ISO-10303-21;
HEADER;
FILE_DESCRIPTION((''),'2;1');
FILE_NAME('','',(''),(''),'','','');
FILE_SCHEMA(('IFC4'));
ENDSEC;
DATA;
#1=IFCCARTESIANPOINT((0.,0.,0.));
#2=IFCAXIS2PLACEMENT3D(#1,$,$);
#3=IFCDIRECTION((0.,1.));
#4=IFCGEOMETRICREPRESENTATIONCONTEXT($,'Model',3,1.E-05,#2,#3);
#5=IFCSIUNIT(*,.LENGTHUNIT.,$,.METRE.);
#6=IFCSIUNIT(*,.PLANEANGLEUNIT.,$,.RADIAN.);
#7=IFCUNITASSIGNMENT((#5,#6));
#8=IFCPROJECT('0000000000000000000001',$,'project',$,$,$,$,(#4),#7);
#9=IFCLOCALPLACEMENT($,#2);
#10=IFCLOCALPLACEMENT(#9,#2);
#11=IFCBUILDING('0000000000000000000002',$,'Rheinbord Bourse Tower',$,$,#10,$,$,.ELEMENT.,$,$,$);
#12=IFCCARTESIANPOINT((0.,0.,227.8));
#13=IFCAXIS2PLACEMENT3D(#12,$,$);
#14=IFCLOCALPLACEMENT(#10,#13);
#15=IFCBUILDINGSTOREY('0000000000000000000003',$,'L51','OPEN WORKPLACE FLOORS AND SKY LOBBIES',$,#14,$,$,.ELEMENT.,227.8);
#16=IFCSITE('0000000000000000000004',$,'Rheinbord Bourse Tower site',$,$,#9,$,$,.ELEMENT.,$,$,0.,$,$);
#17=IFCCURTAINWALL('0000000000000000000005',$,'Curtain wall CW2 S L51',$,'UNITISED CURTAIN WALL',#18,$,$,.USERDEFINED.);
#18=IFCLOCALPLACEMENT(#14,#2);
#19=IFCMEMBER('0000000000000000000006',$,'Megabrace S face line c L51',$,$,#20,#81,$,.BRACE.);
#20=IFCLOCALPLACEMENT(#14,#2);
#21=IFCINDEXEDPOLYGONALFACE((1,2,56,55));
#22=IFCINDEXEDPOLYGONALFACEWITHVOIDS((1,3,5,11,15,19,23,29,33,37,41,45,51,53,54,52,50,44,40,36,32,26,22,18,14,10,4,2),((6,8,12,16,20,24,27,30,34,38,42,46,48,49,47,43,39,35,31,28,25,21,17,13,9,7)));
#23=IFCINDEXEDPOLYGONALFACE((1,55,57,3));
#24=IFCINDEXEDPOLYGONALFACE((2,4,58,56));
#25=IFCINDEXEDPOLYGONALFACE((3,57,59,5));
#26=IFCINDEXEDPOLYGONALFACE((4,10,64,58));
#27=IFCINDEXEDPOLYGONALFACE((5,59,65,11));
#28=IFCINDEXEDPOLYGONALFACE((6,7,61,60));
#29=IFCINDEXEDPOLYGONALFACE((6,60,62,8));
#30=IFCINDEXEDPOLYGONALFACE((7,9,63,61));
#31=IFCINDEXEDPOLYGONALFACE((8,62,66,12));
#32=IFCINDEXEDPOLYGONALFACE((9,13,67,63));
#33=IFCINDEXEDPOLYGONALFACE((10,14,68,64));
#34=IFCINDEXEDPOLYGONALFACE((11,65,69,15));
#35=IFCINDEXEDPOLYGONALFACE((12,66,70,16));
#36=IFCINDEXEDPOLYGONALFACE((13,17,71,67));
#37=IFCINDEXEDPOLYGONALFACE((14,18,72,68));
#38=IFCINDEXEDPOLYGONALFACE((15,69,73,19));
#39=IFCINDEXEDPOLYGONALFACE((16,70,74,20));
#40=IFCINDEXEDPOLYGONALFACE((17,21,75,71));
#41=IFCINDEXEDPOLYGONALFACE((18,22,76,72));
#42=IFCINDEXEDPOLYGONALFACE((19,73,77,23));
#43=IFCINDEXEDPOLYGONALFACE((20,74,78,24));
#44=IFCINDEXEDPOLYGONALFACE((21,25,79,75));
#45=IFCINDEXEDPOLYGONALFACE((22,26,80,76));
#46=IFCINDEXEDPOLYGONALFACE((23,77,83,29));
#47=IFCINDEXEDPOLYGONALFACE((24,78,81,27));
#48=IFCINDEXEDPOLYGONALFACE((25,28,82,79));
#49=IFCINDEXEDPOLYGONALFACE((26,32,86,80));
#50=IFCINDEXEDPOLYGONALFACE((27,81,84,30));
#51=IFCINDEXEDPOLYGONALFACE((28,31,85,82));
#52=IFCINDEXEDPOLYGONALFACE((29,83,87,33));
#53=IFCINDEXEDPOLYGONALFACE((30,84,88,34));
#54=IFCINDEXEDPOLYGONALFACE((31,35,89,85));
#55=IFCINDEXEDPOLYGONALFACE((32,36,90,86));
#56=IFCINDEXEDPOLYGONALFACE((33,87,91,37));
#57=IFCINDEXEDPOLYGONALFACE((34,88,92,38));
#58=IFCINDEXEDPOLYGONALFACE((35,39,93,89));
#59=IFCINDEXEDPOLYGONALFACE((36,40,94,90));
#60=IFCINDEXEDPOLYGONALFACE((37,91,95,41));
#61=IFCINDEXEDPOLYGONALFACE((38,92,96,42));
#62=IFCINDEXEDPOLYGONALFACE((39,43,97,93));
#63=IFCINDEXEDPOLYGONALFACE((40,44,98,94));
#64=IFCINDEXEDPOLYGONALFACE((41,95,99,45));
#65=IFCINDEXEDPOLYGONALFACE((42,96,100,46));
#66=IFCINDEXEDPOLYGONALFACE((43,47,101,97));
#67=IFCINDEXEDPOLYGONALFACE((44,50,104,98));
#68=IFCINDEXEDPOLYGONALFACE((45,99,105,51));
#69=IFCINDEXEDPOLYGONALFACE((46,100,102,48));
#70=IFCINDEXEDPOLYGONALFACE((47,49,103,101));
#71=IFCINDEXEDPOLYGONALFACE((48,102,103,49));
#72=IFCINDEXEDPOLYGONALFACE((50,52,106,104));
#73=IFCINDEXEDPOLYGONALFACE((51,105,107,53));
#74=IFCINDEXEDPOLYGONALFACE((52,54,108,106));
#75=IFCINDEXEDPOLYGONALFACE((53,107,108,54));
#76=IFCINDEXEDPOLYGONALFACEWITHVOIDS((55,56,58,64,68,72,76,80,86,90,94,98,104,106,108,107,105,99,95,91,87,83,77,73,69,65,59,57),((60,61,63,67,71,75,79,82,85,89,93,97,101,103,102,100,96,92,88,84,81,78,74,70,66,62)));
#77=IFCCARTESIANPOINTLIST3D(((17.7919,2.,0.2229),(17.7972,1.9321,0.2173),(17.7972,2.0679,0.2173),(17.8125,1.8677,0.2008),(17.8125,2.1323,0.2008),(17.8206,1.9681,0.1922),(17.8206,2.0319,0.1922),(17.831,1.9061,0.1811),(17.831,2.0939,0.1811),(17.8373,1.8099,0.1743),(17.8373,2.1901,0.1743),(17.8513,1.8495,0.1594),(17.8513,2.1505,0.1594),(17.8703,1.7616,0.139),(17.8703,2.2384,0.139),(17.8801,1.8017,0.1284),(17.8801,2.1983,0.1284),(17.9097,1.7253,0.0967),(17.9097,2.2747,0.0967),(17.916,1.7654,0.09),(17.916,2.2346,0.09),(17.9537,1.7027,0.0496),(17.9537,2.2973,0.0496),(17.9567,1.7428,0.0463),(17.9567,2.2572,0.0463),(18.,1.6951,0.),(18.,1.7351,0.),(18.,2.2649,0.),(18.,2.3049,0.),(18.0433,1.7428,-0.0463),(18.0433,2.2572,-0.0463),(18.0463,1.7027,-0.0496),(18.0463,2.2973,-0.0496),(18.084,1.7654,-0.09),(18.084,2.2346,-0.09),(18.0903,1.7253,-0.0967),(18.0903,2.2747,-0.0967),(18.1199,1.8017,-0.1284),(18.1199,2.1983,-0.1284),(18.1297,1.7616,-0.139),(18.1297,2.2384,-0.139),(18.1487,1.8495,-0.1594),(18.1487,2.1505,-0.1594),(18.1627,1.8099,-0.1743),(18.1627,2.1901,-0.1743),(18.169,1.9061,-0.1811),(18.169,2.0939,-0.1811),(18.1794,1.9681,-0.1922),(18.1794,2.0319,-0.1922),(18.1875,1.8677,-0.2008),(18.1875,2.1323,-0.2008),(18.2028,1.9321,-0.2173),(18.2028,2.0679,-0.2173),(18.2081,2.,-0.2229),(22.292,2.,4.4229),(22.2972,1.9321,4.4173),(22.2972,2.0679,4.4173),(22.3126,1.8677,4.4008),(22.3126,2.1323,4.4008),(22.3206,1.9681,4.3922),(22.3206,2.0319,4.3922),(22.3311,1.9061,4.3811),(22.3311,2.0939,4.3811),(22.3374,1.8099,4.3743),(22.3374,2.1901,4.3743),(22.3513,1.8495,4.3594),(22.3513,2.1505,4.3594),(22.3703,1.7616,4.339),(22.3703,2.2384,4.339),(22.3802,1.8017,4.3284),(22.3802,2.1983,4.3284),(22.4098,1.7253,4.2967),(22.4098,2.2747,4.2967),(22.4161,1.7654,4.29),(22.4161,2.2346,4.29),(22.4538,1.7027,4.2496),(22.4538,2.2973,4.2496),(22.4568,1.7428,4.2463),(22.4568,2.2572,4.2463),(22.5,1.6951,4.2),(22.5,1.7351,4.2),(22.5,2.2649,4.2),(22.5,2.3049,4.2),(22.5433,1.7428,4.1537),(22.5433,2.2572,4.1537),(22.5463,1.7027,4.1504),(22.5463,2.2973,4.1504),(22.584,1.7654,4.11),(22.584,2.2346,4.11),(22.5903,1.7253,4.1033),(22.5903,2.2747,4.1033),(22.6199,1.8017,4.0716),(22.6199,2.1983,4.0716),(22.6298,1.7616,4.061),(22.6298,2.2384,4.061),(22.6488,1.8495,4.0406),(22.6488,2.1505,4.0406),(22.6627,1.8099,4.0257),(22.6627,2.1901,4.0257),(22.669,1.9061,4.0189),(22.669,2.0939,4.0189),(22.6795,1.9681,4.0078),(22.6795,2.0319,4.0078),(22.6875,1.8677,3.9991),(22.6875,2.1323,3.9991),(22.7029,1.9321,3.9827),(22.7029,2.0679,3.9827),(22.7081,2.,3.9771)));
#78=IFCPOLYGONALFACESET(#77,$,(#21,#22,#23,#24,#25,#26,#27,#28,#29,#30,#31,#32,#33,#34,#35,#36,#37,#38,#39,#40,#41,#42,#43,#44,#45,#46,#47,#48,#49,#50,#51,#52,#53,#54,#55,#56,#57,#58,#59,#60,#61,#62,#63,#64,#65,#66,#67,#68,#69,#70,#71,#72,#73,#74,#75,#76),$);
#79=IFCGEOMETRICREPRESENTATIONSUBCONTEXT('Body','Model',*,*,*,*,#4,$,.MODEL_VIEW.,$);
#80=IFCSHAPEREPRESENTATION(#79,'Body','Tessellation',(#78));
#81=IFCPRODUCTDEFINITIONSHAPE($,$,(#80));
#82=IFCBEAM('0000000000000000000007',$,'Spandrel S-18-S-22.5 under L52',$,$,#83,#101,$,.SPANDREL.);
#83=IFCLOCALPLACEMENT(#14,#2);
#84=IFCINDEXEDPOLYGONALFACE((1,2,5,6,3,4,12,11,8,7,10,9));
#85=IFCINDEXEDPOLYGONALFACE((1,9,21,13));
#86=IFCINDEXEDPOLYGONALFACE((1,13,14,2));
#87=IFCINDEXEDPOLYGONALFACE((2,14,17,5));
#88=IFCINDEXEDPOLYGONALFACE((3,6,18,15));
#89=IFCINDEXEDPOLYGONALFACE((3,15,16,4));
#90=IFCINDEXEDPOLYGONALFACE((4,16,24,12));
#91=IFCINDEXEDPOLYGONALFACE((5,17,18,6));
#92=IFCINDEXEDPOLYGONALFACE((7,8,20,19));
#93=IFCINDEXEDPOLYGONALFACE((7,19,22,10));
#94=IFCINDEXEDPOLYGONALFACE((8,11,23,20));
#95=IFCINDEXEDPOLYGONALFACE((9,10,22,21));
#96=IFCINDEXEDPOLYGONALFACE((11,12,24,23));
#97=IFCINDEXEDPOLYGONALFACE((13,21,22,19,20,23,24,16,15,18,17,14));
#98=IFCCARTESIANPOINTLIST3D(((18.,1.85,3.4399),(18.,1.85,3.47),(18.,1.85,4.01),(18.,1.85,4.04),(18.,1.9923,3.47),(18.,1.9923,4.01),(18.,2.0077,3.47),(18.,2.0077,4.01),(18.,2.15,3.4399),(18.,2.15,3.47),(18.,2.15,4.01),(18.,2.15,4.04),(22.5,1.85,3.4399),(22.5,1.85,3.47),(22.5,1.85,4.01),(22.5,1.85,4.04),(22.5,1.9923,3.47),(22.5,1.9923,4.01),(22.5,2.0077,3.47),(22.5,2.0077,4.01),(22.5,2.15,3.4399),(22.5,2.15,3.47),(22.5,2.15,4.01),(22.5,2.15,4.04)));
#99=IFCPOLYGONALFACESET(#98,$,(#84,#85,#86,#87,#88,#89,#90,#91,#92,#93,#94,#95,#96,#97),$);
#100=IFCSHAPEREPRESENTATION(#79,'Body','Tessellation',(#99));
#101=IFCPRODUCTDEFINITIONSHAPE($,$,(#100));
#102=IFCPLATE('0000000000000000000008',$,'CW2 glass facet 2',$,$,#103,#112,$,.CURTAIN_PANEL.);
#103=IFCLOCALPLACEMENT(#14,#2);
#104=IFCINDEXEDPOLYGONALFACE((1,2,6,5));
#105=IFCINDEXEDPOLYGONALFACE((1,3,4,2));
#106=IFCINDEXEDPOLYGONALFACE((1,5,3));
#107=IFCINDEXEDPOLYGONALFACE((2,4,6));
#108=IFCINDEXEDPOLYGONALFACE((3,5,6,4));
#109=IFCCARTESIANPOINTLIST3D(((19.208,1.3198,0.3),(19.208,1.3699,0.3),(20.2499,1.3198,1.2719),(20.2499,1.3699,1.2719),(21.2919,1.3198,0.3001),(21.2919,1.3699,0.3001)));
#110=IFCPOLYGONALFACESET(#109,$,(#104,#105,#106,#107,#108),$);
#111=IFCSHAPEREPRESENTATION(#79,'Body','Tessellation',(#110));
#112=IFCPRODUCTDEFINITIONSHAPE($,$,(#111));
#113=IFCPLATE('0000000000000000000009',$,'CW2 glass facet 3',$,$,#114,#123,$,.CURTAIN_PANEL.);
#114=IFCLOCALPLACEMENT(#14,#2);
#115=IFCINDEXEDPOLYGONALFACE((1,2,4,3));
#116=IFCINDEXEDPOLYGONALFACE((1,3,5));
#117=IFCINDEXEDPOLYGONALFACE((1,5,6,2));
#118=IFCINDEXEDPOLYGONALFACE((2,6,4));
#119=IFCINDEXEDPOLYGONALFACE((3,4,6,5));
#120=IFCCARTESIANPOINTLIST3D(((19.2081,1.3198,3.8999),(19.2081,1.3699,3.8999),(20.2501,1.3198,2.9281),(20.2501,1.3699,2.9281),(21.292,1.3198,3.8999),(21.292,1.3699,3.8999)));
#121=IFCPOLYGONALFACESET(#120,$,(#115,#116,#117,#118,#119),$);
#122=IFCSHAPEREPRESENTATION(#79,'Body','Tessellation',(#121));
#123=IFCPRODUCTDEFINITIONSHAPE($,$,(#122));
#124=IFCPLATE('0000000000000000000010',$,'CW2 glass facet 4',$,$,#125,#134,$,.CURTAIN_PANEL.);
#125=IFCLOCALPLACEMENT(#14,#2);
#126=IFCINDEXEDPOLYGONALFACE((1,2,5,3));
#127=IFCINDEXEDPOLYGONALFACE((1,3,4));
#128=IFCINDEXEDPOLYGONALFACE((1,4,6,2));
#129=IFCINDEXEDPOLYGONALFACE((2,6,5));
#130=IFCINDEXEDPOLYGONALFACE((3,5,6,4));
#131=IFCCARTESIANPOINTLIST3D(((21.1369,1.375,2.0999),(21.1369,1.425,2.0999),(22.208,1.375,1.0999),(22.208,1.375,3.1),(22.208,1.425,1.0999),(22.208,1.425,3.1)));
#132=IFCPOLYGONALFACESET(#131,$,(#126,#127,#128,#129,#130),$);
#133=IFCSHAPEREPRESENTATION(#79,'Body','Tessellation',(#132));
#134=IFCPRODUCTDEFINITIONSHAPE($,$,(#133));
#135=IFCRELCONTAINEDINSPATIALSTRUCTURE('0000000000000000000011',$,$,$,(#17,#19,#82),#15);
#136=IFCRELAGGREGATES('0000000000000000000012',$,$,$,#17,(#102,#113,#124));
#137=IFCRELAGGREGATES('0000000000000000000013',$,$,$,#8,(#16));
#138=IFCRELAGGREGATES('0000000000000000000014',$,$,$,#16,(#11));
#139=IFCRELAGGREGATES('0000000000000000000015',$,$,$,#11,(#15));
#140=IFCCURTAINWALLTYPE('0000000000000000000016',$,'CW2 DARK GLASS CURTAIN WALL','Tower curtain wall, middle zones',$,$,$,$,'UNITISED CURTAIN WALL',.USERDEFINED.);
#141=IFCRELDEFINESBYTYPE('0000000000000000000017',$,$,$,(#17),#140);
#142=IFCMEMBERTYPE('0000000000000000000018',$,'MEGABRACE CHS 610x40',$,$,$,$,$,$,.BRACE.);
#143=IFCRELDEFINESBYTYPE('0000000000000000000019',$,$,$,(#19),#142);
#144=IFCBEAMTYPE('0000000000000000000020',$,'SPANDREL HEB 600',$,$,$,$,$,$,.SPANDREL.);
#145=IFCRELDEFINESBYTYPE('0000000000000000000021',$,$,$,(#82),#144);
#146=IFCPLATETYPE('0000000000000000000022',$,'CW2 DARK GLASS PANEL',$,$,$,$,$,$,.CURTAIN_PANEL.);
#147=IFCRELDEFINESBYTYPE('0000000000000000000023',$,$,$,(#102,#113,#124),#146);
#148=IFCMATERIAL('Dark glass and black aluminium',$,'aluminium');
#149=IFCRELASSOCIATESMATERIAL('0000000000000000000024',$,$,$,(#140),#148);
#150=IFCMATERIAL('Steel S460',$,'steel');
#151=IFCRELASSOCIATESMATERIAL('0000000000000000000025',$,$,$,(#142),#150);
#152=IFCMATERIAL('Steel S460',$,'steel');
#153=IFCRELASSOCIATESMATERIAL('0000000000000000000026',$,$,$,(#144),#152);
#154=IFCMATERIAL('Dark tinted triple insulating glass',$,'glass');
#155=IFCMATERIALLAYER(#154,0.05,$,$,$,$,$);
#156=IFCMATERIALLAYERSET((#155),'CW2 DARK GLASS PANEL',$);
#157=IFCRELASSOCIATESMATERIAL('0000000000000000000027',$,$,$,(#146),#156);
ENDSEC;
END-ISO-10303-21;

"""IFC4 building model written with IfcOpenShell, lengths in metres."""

from ifc_helpers import new_model, si_unit, direction, frame, origin, origin_2d, place, context, subcontext, project, spatial, polyline, hollow_circle, i_section, outline, extrude, material, layer, layer_set, material_profile, profile_set, type_object, element, aggregate, save


model = new_model("IFC4")

# Units and contexts
model_context = context("Model", 3, precision=1e-05, world=origin(), true_north=direction((0.0, 1.0)))
body_context = subcontext(model_context, "Body", "Model", "MODEL_VIEW")
ifc_project = project(units=[si_unit("LENGTHUNIT", "METRE"), si_unit("PLANEANGLEUNIT", "RADIAN")], contexts=[model_context])

# Site, building, storey
site_placement = place(None, origin())
site = spatial("IfcSite", under=ifc_project, at=site_placement, Name="Rheinbord Bourse Tower site", CompositionType="ELEMENT", RefElevation=0.0)
building_placement = place(site_placement, origin())
building = spatial("IfcBuilding", under=site, at=building_placement, Name="Rheinbord Bourse Tower", CompositionType="ELEMENT")
storey_placement = place(building_placement, frame((0.0, 0.0, 227.8)))
storey = spatial("IfcBuildingStorey", under=building, at=storey_placement, Name="L51", Description="OPEN WORKPLACE FLOORS AND SKY LOBBIES", CompositionType="ELEMENT", Elevation=227.8)

# Curtain wall
ifc_material_1 = material(Name="Dark glass and black aluminium", Category="aluminium")
curtain_wall_type = type_object("IfcCurtainWallType", Name="CW2 DARK GLASS CURTAIN WALL", Description="Tower curtain wall, middle zones", ElementType="UNITISED CURTAIN WALL", PredefinedType="USERDEFINED", material=ifc_material_1)
curtain_wall_placement = place(storey_placement, origin())
curtain_wall = element("IfcCurtainWall", 1, at=curtain_wall_placement, inside=storey, type_object=curtain_wall_type, Name="Curtain wall CW2 S L51", ObjectType="UNITISED CURTAIN WALL", PredefinedType="USERDEFINED")

# Member
ifc_material_2 = material(Name="Steel S460", Category="steel")
ifc_material_profile_1 = material_profile(ifc_material_2, hollow_circle(Radius=0.3049, WallThickness=0.04, at=origin_2d()), Name="CHS 610x40")
ifc_profile_set_1 = profile_set([ifc_material_profile_1], Name="Steel S460")
member_type_1 = type_object("IfcMemberType", Name="MEGABRACE CHS 610x40", PredefinedType="BRACE", material=ifc_profile_set_1)
member_1_placement = place(storey_placement, frame((18.0, 2.0, 0.0), z_axis=(0.731059, 0.0, 0.682314), x_axis=(0.0, 1.0, 0.0)))
element("IfcMember", 2, at=member_1_placement, inside=storey, type_object=member_type_1, Name="Megabrace S face line c L51", PredefinedType="BRACE", context=body_context, shape_type="SweptSolid", body=[
    extrude(hollow_circle(Radius=0.3049, WallThickness=0.04, at=origin_2d()), origin(), (0.0, 0.0, 1.0), 6.1555),
])

# Beam
ifc_material_3 = material(Name="Steel S460", Category="steel")
ifc_material_profile_2 = material_profile(ifc_material_3, i_section(OverallWidth=0.3, OverallDepth=0.6001, WebThickness=0.0154, FlangeThickness=0.03, at=origin_2d()), Name="HEB 600")
ifc_profile_set_2 = profile_set([ifc_material_profile_2], Name="Steel S460")
beam_type_1 = type_object("IfcBeamType", Name="SPANDREL HEB 600", PredefinedType="SPANDREL", material=ifc_profile_set_2)
beam_placement = place(storey_placement, frame((18.0, 2.0, 3.74), z_axis=(1.0, 0.0, 0.0), x_axis=(0.0, 1.0, 0.0)))
element("IfcBeam", 3, at=beam_placement, inside=storey, type_object=beam_type_1, Name="Spandrel S-18-S-22.5 under L52", PredefinedType="SPANDREL", context=body_context, shape_type="SweptSolid", body=[
    extrude(i_section(OverallWidth=0.3, OverallDepth=0.6001, WebThickness=0.0154, FlangeThickness=0.03, at=origin_2d()), origin(), (0.0, 0.0, 1.0), 4.5),
])

# Plates
ifc_material_4 = material(Name="Dark tinted triple insulating glass", Category="glass")
ifc_layer = layer(ifc_material_4, 0.05)
ifc_layer_set = layer_set([ifc_layer], Name="CW2 DARK GLASS PANEL")
plate_type = type_object("IfcPlateType", Name="CW2 DARK GLASS PANEL", PredefinedType="CURTAIN_PANEL", material=ifc_layer_set)
plate_1_placement = place(storey_placement, frame((19.208, 1.3198, 0.3), z_axis=(0.0, 1.0, 0.0), x_axis=(0.731266, 0.0, 0.682092)))
plate_1 = element("IfcPlate", 4, at=plate_1_placement, type_object=plate_type, Name="CW2 glass facet 2", PredefinedType="CURTAIN_PANEL", context=body_context, shape_type="SweptSolid", body=[
    extrude(outline(polyline([(0.0, 0.0), (1.4248, 0.0), (1.5239, 1.4214), (0.0, 0.0)])), origin(), (0.0, 0.0, 1.0), 0.05),
])
plate_2_placement = place(storey_placement, frame((21.292, 1.3198, 3.8999), z_axis=(0.0, 1.0, 0.0), x_axis=(-0.731266, 0.0, -0.682092)))
plate_2 = element("IfcPlate", 5, at=plate_2_placement, type_object=plate_type, Name="CW2 glass facet 3", PredefinedType="CURTAIN_PANEL", context=body_context, shape_type="SweptSolid", body=[
    extrude(outline(polyline([(0.0, 0.0), (1.4248, 0.0), (1.5239, 1.4214), (0.0, 0.0)])), origin(), (0.0, 0.0, 1.0), 0.05),
])
plate_3_placement = place(storey_placement, frame((22.208, 1.375, 1.0999), z_axis=(0.0, 1.0, 0.0), x_axis=(-0.730933, 0.0, 0.682449)))
plate_3 = element("IfcPlate", 6, at=plate_3_placement, type_object=plate_type, Name="CW2 glass facet 4", PredefinedType="CURTAIN_PANEL", context=body_context, shape_type="SweptSolid", body=[
    extrude(outline(polyline([(0.0, 0.0), (1.4653, 0.0), (1.365, 1.4619), (0.0, 0.0)])), origin(), (0.0, 0.0, 1.0), 0.05),
])
aggregate(curtain_wall, [plate_1, plate_2, plate_3])

save(model, "model.ifc")
